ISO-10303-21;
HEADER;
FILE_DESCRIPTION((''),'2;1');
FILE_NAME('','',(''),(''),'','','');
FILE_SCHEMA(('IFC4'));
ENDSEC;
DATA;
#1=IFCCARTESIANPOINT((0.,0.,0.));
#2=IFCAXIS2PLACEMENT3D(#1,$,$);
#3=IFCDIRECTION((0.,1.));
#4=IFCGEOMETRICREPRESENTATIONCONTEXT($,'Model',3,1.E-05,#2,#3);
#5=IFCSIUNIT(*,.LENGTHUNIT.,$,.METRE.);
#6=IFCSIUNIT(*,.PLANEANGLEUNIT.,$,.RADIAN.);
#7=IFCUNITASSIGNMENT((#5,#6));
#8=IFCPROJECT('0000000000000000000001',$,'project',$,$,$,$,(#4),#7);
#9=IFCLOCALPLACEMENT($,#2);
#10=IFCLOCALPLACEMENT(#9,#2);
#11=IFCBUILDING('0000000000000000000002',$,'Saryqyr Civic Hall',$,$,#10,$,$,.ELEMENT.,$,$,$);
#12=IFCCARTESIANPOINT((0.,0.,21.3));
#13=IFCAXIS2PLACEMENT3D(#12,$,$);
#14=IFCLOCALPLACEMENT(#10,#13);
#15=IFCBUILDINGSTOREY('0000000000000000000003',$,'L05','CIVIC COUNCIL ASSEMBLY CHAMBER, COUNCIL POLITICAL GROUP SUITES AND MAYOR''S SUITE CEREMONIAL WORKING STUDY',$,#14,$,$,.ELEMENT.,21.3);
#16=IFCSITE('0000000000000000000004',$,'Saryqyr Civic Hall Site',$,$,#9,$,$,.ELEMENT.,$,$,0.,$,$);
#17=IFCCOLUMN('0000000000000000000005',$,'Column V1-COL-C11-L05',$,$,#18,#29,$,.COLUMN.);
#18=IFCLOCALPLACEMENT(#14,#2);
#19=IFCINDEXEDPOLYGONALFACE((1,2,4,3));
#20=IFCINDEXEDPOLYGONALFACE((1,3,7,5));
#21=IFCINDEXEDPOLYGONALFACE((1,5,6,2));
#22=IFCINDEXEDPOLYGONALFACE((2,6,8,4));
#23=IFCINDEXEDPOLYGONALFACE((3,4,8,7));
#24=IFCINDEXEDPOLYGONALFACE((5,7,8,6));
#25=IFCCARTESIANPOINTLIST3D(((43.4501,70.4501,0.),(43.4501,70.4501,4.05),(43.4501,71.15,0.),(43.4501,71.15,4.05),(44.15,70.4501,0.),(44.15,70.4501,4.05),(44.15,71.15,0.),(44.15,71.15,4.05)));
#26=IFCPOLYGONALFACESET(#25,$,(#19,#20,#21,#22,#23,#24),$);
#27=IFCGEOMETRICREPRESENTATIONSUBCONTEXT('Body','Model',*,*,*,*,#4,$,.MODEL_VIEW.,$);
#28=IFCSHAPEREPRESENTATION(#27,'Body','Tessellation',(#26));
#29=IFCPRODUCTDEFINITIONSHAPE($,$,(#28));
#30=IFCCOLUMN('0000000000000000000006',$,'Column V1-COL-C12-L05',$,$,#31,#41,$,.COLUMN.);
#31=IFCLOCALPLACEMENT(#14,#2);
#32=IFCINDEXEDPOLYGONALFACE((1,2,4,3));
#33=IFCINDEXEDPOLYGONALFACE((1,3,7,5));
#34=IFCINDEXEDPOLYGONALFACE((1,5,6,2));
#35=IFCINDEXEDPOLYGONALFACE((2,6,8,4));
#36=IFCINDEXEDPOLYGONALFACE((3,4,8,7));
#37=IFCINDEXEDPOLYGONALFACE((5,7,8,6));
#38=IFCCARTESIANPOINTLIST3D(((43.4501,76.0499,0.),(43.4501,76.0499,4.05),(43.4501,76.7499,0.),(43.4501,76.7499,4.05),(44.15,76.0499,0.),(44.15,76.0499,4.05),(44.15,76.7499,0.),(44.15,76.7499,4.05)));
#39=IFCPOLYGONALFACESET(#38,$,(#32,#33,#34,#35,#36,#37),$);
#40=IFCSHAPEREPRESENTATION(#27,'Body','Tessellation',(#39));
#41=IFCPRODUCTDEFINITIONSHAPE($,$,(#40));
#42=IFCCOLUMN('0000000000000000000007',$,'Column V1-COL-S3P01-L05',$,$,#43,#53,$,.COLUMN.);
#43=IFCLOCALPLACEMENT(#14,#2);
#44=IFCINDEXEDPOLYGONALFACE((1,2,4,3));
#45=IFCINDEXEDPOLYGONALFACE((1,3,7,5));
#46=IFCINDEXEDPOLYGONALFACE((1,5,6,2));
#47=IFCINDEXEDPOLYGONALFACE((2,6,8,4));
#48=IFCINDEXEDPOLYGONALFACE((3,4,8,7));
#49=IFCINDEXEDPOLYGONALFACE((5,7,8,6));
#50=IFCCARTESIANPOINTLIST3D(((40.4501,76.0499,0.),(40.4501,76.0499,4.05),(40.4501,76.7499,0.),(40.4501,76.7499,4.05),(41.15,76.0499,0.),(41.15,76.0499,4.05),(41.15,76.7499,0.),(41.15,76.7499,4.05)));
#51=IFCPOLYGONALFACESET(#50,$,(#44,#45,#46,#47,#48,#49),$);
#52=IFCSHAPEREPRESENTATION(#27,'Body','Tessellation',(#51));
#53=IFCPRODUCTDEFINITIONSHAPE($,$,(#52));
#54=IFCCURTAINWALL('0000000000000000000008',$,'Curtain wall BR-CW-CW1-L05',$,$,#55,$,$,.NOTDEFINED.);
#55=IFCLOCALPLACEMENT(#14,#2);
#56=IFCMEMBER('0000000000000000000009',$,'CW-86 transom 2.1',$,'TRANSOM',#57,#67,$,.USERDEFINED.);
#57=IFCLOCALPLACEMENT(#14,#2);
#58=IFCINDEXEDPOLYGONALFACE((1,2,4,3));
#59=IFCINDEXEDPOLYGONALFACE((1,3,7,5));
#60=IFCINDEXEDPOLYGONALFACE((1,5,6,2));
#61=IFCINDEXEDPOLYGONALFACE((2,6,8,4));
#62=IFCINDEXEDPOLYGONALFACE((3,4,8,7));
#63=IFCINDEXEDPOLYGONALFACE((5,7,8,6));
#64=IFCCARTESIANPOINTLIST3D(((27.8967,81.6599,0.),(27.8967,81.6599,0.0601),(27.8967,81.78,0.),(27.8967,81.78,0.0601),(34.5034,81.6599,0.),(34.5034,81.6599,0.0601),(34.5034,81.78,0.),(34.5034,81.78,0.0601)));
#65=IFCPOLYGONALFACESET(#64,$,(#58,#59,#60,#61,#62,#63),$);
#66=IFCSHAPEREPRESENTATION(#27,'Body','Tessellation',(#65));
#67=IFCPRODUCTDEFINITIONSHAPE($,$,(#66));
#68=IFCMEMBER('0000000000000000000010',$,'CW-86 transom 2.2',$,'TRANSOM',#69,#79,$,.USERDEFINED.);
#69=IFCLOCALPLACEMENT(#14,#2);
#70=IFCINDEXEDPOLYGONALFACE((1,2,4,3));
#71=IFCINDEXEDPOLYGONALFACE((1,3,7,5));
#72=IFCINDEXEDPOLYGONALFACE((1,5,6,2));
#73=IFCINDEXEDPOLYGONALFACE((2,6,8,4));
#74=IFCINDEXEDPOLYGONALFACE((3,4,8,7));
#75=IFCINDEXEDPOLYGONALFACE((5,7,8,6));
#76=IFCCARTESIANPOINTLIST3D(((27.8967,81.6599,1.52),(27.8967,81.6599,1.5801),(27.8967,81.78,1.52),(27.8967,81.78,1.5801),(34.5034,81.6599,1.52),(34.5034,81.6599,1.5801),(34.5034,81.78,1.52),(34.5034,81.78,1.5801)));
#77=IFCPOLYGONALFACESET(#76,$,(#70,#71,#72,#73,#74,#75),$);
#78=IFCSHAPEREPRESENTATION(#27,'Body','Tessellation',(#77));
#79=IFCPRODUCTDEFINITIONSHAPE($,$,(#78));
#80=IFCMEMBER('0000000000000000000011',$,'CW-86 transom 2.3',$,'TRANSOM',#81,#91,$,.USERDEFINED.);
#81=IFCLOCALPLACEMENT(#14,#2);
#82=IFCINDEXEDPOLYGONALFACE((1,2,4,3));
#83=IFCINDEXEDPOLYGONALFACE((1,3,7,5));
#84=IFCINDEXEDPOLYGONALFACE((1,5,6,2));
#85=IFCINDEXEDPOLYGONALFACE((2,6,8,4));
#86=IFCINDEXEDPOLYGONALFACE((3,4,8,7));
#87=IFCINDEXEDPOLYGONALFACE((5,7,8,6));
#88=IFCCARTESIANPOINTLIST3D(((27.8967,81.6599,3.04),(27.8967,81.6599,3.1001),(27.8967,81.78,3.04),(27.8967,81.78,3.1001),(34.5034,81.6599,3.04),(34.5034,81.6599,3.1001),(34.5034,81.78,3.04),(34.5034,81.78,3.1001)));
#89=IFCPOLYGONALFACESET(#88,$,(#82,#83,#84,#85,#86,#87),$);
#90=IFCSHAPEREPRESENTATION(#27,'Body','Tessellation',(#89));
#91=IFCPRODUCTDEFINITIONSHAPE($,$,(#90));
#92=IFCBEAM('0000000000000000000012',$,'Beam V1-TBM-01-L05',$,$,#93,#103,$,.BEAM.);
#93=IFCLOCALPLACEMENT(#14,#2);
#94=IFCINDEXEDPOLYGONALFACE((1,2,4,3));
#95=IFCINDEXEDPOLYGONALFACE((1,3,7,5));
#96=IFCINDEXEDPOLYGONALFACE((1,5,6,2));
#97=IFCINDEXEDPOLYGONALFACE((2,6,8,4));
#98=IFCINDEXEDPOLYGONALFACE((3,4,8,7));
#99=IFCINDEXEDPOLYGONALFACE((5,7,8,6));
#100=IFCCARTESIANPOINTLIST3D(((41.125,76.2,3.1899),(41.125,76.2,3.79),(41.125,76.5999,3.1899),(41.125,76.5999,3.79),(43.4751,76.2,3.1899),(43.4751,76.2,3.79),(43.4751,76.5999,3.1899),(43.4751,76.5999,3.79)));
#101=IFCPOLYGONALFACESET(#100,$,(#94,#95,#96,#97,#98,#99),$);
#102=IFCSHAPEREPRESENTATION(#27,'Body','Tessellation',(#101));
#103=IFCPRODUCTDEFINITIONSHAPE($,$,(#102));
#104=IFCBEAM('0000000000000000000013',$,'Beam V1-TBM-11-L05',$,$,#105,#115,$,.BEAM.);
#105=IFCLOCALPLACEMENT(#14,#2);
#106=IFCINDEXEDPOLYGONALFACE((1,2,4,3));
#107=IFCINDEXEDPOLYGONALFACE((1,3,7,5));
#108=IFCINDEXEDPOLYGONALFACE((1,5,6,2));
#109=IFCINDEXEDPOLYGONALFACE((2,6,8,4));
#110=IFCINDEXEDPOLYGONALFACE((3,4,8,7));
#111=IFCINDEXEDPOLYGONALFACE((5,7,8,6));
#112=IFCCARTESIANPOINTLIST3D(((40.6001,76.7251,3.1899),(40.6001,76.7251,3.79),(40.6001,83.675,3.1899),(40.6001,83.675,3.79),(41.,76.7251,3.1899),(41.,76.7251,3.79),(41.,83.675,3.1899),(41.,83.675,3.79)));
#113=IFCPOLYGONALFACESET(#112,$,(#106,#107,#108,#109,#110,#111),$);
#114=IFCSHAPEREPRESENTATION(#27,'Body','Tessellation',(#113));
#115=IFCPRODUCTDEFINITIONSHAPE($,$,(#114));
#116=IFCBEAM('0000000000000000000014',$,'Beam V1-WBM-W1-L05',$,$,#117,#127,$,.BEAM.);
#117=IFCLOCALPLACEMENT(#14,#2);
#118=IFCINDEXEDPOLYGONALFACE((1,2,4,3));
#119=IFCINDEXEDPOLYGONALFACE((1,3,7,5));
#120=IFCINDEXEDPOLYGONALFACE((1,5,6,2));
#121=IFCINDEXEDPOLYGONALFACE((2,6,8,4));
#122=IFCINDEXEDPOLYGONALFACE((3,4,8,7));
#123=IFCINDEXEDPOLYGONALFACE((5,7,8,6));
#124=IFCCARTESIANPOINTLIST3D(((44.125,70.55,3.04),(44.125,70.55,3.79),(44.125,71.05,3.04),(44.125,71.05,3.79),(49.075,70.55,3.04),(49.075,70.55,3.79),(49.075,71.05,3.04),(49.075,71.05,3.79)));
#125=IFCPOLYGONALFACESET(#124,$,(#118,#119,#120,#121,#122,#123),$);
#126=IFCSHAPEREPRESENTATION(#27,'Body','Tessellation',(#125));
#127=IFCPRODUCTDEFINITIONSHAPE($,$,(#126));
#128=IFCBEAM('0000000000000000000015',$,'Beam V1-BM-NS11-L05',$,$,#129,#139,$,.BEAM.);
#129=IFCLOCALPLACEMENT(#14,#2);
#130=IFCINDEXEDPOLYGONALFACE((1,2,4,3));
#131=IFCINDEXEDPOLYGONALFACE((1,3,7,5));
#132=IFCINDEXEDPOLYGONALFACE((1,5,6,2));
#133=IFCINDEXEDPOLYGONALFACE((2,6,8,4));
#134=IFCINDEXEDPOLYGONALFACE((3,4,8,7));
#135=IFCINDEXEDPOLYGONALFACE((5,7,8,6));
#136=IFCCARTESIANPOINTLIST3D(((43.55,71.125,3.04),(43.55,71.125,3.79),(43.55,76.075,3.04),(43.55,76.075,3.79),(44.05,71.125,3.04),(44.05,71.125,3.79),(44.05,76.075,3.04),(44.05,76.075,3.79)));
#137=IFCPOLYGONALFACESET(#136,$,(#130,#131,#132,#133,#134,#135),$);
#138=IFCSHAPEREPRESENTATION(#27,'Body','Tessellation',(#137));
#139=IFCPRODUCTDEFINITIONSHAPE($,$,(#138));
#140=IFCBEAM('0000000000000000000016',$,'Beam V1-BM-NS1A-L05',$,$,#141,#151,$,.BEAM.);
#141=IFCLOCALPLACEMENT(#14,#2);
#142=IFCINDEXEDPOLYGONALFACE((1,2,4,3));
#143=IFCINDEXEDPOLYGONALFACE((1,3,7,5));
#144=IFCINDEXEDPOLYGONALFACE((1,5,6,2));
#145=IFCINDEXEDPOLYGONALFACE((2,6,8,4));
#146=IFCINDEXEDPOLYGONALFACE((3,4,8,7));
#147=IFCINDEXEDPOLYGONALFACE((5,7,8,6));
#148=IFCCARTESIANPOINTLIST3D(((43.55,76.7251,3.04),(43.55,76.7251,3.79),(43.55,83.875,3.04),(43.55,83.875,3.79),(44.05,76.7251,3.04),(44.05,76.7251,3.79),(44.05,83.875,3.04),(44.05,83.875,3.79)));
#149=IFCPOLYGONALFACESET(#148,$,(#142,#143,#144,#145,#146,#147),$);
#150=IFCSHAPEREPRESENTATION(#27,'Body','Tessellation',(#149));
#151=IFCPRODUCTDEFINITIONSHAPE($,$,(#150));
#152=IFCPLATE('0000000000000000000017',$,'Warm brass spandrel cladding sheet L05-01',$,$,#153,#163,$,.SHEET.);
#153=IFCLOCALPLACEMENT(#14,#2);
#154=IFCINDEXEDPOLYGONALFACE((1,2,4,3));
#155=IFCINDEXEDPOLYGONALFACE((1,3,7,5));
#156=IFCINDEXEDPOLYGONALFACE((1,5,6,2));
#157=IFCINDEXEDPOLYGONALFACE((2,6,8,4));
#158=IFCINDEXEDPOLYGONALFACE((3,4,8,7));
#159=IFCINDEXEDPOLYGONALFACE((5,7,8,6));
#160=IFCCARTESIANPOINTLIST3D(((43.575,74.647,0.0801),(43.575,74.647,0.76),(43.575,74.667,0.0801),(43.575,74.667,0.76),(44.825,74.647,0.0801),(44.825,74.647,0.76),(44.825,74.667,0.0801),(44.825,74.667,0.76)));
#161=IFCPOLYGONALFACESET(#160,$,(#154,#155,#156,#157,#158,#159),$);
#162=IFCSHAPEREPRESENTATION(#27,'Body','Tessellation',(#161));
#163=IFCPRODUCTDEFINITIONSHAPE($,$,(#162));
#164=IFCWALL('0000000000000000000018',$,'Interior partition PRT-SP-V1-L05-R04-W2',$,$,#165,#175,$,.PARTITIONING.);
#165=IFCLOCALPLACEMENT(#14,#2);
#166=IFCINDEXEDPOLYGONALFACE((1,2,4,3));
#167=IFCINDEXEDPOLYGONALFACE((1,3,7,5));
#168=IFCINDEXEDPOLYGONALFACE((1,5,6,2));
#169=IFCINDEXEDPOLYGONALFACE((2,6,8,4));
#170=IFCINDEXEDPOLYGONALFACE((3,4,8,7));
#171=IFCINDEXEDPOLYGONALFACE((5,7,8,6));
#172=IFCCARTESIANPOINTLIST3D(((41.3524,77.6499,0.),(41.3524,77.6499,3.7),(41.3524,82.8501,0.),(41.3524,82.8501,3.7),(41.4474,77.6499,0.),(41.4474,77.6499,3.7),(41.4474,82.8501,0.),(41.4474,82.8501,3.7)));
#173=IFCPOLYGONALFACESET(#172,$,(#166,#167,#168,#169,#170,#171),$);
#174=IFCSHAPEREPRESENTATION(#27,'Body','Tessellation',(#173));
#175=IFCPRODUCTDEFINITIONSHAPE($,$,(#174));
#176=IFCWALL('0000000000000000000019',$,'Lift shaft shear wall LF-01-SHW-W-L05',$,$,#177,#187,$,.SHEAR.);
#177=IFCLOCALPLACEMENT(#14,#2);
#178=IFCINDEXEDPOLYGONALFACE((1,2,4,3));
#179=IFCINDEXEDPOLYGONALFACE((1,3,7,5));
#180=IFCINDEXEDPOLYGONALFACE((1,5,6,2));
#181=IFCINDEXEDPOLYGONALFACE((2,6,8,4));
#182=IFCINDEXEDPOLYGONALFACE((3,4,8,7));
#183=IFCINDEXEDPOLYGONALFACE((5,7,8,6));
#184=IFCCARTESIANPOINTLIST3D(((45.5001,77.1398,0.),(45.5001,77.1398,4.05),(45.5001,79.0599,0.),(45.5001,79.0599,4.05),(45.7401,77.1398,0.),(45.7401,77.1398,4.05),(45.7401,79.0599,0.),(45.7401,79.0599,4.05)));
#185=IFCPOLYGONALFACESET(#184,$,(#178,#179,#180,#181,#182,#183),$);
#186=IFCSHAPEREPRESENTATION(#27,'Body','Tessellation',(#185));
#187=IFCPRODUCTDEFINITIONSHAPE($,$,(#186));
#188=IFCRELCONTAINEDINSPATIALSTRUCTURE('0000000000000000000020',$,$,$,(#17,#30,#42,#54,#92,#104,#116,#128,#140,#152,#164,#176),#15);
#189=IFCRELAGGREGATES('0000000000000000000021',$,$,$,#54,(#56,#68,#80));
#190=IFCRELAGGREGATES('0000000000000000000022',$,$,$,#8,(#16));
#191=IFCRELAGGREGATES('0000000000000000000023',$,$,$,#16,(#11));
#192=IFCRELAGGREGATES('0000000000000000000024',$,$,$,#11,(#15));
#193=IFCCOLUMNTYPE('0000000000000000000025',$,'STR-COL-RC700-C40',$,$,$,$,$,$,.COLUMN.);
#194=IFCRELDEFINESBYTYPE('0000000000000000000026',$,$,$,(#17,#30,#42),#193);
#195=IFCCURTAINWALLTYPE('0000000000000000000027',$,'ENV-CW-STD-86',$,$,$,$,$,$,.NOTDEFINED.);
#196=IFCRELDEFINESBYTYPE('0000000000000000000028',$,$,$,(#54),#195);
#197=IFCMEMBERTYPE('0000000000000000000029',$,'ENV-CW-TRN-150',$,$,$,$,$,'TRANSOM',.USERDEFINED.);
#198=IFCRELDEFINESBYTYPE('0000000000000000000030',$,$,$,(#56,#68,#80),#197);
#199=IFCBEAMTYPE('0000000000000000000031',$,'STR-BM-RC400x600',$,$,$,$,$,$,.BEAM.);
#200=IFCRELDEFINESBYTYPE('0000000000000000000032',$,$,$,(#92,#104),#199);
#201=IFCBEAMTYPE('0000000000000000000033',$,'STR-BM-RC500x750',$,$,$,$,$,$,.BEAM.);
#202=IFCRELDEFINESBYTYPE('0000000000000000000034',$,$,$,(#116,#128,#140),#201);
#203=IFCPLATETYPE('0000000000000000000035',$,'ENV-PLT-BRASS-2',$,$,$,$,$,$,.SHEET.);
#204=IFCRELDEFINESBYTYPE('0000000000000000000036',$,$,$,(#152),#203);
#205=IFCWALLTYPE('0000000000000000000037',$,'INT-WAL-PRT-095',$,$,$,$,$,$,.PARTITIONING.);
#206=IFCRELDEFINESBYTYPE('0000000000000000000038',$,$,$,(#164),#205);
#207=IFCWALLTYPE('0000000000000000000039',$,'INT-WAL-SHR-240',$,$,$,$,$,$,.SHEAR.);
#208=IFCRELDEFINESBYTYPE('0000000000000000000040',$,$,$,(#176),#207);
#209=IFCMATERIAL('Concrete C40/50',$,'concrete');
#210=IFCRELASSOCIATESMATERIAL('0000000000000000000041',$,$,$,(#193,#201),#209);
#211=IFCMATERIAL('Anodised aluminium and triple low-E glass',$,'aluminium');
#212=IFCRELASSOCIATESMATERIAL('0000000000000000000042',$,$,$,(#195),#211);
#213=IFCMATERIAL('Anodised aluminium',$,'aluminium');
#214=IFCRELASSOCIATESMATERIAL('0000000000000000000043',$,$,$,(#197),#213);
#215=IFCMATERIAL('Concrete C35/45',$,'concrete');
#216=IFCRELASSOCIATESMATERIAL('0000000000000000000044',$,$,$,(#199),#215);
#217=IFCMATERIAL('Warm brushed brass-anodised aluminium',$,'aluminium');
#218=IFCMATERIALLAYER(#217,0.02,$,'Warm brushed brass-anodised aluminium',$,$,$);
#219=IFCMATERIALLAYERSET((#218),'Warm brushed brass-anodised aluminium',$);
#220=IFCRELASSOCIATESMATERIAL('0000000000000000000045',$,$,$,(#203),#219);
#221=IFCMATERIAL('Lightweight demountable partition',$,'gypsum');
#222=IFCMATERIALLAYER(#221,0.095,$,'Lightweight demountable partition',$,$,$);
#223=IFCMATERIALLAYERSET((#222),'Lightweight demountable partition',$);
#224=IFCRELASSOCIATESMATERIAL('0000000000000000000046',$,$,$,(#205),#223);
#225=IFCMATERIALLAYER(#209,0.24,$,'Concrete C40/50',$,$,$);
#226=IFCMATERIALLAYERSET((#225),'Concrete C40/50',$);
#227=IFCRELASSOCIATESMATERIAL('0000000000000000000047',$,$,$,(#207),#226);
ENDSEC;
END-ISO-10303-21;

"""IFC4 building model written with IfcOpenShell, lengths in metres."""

from ifc_helpers import new_model, si_unit, direction, frame, frame_2d, origin, origin_2d, place, context, subcontext, project, spatial, rectangle, extrude, material, layer, layer_set, material_profile, profile_set, type_object, element, aggregate, save


model = new_model("IFC4")

# Units and contexts
model_context = context("Model", 3, precision=1e-05, world=origin(), true_north=direction((0.0, 1.0)))
body_context = subcontext(model_context, "Body", "Model", "MODEL_VIEW")
ifc_project = project(units=[si_unit("LENGTHUNIT", "METRE"), si_unit("PLANEANGLEUNIT", "RADIAN")], contexts=[model_context])

# Site, building, storey
site_placement = place(None, origin())
site = spatial("IfcSite", under=ifc_project, at=site_placement, Name="Saryqyr Civic Hall Site", CompositionType="ELEMENT", RefElevation=0.0)
building_placement = place(site_placement, origin())
building = spatial("IfcBuilding", under=site, at=building_placement, Name="Saryqyr Civic Hall", CompositionType="ELEMENT")
storey_placement = place(building_placement, frame((0.0, 0.0, 21.3)))
storey = spatial("IfcBuildingStorey", under=building, at=storey_placement, Name="L05", Description="CIVIC COUNCIL ASSEMBLY CHAMBER, COUNCIL POLITICAL GROUP SUITES AND MAYOR'S SUITE CEREMONIAL WORKING STUDY", CompositionType="ELEMENT", Elevation=21.3)

# Columns
ifc_material_1 = material(Name="Concrete C40/50", Category="concrete")
ifc_material_profile_1 = material_profile(ifc_material_1, rectangle(XDim=0.7, YDim=0.7, at=origin_2d()), Name="RC 700x700")
ifc_profile_set_1 = profile_set([ifc_material_profile_1], Name="Concrete C40/50")
column_type = type_object("IfcColumnType", Name="STR-COL-RC700-C40", PredefinedType="COLUMN", material=ifc_profile_set_1)
for number, where, z_axis, x_axis, name in (
    (1, (43.8, 70.8, 0.0), (0.0, 0.0, 1.0), (1.0, 0.0, 0.0), "Column V1-COL-C11-L05"),
    (2, (43.8, 76.3999, 0.0), (0.0, 0.0, 1.0), (1.0, 0.0, 0.0), "Column V1-COL-C12-L05"),
    (3, (40.8, 76.3999, 0.0), (0.0, 0.0, 1.0), (1.0, 0.0, 0.0), "Column V1-COL-S3P01-L05"),
):
    element("IfcColumn", number, at=place(storey_placement, frame(where, z_axis=z_axis, x_axis=x_axis)), inside=storey, type_object=column_type, Name=name, PredefinedType="COLUMN", context=body_context, shape_type="SweptSolid", body=[
        extrude(rectangle(XDim=0.7, YDim=0.7, at=origin_2d()), origin(), (0.0, 0.0, 1.0), 4.05),
    ])

# Curtain wall, members
ifc_material_2 = material(Name="Anodised aluminium and triple low-E glass", Category="aluminium")
curtain_wall_type = type_object("IfcCurtainWallType", Name="ENV-CW-STD-86", PredefinedType="NOTDEFINED", material=ifc_material_2)
curtain_wall_placement = place(storey_placement, origin())
curtain_wall = element("IfcCurtainWall", 4, at=curtain_wall_placement, inside=storey, type_object=curtain_wall_type, Name="Curtain wall BR-CW-CW1-L05", PredefinedType="NOTDEFINED")
ifc_material_3 = material(Name="Anodised aluminium", Category="aluminium")
ifc_material_profile_2 = material_profile(ifc_material_3, rectangle(XDim=0.1201, YDim=0.0601, at=origin_2d()), Name="ALU TRANSOM 120x60")
ifc_profile_set_2 = profile_set([ifc_material_profile_2], Name="Anodised aluminium")
member_type = type_object("IfcMemberType", Name="ENV-CW-TRN-150", ElementType="TRANSOM", PredefinedType="USERDEFINED", material=ifc_profile_set_2)
member_1_placement = place(storey_placement, frame((34.5034, 81.72, 0.03), z_axis=(-1.0, 0.0, 0.0), x_axis=(0.0, -1.0, 0.0)))
member_1 = element("IfcMember", 5, at=member_1_placement, type_object=member_type, Name="CW-86 transom 2.1", ObjectType="TRANSOM", PredefinedType="USERDEFINED", context=body_context, shape_type="SweptSolid", body=[
    extrude(rectangle(XDim=0.1201, YDim=0.0601, at=origin_2d()), origin(), (0.0, 0.0, 1.0), 6.6067),
])
member_2_placement = place(storey_placement, frame((34.5034, 81.72, 1.55), z_axis=(-1.0, 0.0, 0.0), x_axis=(0.0, -1.0, 0.0)))
member_2 = element("IfcMember", 6, at=member_2_placement, type_object=member_type, Name="CW-86 transom 2.2", ObjectType="TRANSOM", PredefinedType="USERDEFINED", context=body_context, shape_type="SweptSolid", body=[
    extrude(rectangle(XDim=0.1201, YDim=0.0601, at=origin_2d()), origin(), (0.0, 0.0, 1.0), 6.6067),
])
member_3_placement = place(storey_placement, frame((34.5034, 81.72, 3.0701), z_axis=(-1.0, 0.0, 0.0), x_axis=(0.0, -1.0, 0.0)))
member_3 = element("IfcMember", 7, at=member_3_placement, type_object=member_type, Name="CW-86 transom 2.3", ObjectType="TRANSOM", PredefinedType="USERDEFINED", context=body_context, shape_type="SweptSolid", body=[
    extrude(rectangle(XDim=0.1201, YDim=0.0601, at=origin_2d()), origin(), (0.0, 0.0, 1.0), 6.6067),
])
aggregate(curtain_wall, [member_1, member_2, member_3])

# Beams
ifc_material_4 = material(Name="Concrete C35/45", Category="concrete")
ifc_material_profile_3 = material_profile(ifc_material_4, rectangle(XDim=0.3999, YDim=0.6001, at=origin_2d()), Name="RC 400x600")
ifc_profile_set_3 = profile_set([ifc_material_profile_3], Name="Concrete C35/45")
beam_type_1 = type_object("IfcBeamType", Name="STR-BM-RC400x600", PredefinedType="BEAM", material=ifc_profile_set_3)
beam_1_placement = place(storey_placement, frame((41.125, 76.3999, 3.49), z_axis=(1.0, 0.0, 0.0), x_axis=(0.0, 1.0, 0.0)))
element("IfcBeam", 8, at=beam_1_placement, inside=storey, type_object=beam_type_1, Name="Beam V1-TBM-01-L05", PredefinedType="BEAM", context=body_context, shape_type="SweptSolid", body=[
    extrude(rectangle(XDim=0.3999, YDim=0.6001, at=origin_2d()), origin(), (0.0, 0.0, 1.0), 2.3501),
])
beam_2_placement = place(storey_placement, frame((40.8, 76.7251, 3.49), z_axis=(0.0, 1.0, 0.0), x_axis=(-1.0, 0.0, 0.0)))
element("IfcBeam", 9, at=beam_2_placement, inside=storey, type_object=beam_type_1, Name="Beam V1-TBM-11-L05", PredefinedType="BEAM", context=body_context, shape_type="SweptSolid", body=[
    extrude(rectangle(XDim=0.3999, YDim=0.6001, at=origin_2d()), origin(), (0.0, 0.0, 1.0), 6.95),
])
ifc_material_profile_4 = material_profile(ifc_material_1, rectangle(XDim=0.5, YDim=0.75, at=origin_2d()), Name="RC 500x750")
ifc_profile_set_4 = profile_set([ifc_material_profile_4], Name="Concrete C40/50")
beam_type_2 = type_object("IfcBeamType", Name="STR-BM-RC500x750", PredefinedType="BEAM", material=ifc_profile_set_4)
for number, where, z_axis, x_axis, name in (
    (10, (44.125, 70.8, 3.415), (1.0, 0.0, 0.0), (0.0, 1.0, 0.0), "Beam V1-WBM-W1-L05"),
    (11, (43.8, 71.125, 3.415), (0.0, 1.0, 0.0), (-1.0, 0.0, 0.0), "Beam V1-BM-NS11-L05"),
):
    element("IfcBeam", number, at=place(storey_placement, frame(where, z_axis=z_axis, x_axis=x_axis)), inside=storey, type_object=beam_type_2, Name=name, PredefinedType="BEAM", context=body_context, shape_type="SweptSolid", body=[
        extrude(rectangle(XDim=0.5, YDim=0.75, at=origin_2d()), origin(), (0.0, 0.0, 1.0), 4.95),
    ])
beam_3_placement = place(storey_placement, frame((43.8, 76.7251, 3.415), z_axis=(0.0, 1.0, 0.0), x_axis=(-1.0, 0.0, 0.0)))
element("IfcBeam", 12, at=beam_3_placement, inside=storey, type_object=beam_type_2, Name="Beam V1-BM-NS1A-L05", PredefinedType="BEAM", context=body_context, shape_type="SweptSolid", body=[
    extrude(rectangle(XDim=0.5, YDim=0.75, at=origin_2d()), origin(), (0.0, 0.0, 1.0), 7.1499),
])

# Plate
ifc_material_5 = material(Name="Warm brushed brass-anodised aluminium", Category="aluminium")
ifc_layer_1 = layer(ifc_material_5, 0.02, Name="Warm brushed brass-anodised aluminium")
ifc_layer_set_1 = layer_set([ifc_layer_1], Name="Warm brushed brass-anodised aluminium")
plate_type = type_object("IfcPlateType", Name="ENV-PLT-BRASS-2", PredefinedType="SHEET", material=ifc_layer_set_1)
plate_placement = place(storey_placement, frame((44.2, 74.657, 0.0801), z_axis=(0.0, 0.0, 1.0), x_axis=(-1.0, 0.0, 0.0)))
element("IfcPlate", 13, at=plate_placement, inside=storey, type_object=plate_type, Name="Warm brass spandrel cladding sheet L05-01", PredefinedType="SHEET", context=body_context, shape_type="SweptSolid", body=[
    extrude(rectangle(XDim=1.25, YDim=0.02, at=origin_2d()), origin(), (0.0, 0.0, 1.0), 0.6799),
])

# Wall
ifc_material_6 = material(Name="Lightweight demountable partition", Category="gypsum")
ifc_layer_2 = layer(ifc_material_6, 0.095, Name="Lightweight demountable partition")
ifc_layer_set_2 = layer_set([ifc_layer_2], Name="Lightweight demountable partition")
wall_type_1 = type_object("IfcWallType", Name="INT-WAL-PRT-095", PredefinedType="PARTITIONING", material=ifc_layer_set_2)
wall_1_placement = place(storey_placement, frame((41.3999, 77.6499, 0.0), z_axis=(0.0, 0.0, 1.0), x_axis=(0.0, 1.0, 0.0)))
element("IfcWall", 14, at=wall_1_placement, inside=storey, type_object=wall_type_1, Name="Interior partition PRT-SP-V1-L05-R04-W2", PredefinedType="PARTITIONING", context=body_context, shape_type="SweptSolid", body=[
    extrude(rectangle(XDim=5.2002, YDim=0.095, at=frame_2d((2.6001, 0.0))), origin(), (0.0, 0.0, 1.0), 3.7),
])

# Shared definitions
ifc_layer_3 = layer(ifc_material_1, 0.24, Name="Concrete C40/50")
ifc_layer_set_3 = layer_set([ifc_layer_3], Name="Concrete C40/50")
wall_type_2 = type_object("IfcWallType", Name="INT-WAL-SHR-240", PredefinedType="SHEAR", material=ifc_layer_set_3)

# Wall
wall_2_placement = place(storey_placement, frame((45.6201, 77.1399, 0.0), z_axis=(0.0, 0.0, 1.0), x_axis=(0.0, 1.0, 0.0)))
element("IfcWall", 15, at=wall_2_placement, inside=storey, type_object=wall_type_2, Name="Lift shaft shear wall LF-01-SHW-W-L05", PredefinedType="SHEAR", context=body_context, shape_type="SweptSolid", body=[
    extrude(rectangle(XDim=1.9202, YDim=0.24, at=frame_2d((0.96, 0.0))), origin(), (0.0, 0.0, 1.0), 4.05),
])

save(model, "model.ifc")
